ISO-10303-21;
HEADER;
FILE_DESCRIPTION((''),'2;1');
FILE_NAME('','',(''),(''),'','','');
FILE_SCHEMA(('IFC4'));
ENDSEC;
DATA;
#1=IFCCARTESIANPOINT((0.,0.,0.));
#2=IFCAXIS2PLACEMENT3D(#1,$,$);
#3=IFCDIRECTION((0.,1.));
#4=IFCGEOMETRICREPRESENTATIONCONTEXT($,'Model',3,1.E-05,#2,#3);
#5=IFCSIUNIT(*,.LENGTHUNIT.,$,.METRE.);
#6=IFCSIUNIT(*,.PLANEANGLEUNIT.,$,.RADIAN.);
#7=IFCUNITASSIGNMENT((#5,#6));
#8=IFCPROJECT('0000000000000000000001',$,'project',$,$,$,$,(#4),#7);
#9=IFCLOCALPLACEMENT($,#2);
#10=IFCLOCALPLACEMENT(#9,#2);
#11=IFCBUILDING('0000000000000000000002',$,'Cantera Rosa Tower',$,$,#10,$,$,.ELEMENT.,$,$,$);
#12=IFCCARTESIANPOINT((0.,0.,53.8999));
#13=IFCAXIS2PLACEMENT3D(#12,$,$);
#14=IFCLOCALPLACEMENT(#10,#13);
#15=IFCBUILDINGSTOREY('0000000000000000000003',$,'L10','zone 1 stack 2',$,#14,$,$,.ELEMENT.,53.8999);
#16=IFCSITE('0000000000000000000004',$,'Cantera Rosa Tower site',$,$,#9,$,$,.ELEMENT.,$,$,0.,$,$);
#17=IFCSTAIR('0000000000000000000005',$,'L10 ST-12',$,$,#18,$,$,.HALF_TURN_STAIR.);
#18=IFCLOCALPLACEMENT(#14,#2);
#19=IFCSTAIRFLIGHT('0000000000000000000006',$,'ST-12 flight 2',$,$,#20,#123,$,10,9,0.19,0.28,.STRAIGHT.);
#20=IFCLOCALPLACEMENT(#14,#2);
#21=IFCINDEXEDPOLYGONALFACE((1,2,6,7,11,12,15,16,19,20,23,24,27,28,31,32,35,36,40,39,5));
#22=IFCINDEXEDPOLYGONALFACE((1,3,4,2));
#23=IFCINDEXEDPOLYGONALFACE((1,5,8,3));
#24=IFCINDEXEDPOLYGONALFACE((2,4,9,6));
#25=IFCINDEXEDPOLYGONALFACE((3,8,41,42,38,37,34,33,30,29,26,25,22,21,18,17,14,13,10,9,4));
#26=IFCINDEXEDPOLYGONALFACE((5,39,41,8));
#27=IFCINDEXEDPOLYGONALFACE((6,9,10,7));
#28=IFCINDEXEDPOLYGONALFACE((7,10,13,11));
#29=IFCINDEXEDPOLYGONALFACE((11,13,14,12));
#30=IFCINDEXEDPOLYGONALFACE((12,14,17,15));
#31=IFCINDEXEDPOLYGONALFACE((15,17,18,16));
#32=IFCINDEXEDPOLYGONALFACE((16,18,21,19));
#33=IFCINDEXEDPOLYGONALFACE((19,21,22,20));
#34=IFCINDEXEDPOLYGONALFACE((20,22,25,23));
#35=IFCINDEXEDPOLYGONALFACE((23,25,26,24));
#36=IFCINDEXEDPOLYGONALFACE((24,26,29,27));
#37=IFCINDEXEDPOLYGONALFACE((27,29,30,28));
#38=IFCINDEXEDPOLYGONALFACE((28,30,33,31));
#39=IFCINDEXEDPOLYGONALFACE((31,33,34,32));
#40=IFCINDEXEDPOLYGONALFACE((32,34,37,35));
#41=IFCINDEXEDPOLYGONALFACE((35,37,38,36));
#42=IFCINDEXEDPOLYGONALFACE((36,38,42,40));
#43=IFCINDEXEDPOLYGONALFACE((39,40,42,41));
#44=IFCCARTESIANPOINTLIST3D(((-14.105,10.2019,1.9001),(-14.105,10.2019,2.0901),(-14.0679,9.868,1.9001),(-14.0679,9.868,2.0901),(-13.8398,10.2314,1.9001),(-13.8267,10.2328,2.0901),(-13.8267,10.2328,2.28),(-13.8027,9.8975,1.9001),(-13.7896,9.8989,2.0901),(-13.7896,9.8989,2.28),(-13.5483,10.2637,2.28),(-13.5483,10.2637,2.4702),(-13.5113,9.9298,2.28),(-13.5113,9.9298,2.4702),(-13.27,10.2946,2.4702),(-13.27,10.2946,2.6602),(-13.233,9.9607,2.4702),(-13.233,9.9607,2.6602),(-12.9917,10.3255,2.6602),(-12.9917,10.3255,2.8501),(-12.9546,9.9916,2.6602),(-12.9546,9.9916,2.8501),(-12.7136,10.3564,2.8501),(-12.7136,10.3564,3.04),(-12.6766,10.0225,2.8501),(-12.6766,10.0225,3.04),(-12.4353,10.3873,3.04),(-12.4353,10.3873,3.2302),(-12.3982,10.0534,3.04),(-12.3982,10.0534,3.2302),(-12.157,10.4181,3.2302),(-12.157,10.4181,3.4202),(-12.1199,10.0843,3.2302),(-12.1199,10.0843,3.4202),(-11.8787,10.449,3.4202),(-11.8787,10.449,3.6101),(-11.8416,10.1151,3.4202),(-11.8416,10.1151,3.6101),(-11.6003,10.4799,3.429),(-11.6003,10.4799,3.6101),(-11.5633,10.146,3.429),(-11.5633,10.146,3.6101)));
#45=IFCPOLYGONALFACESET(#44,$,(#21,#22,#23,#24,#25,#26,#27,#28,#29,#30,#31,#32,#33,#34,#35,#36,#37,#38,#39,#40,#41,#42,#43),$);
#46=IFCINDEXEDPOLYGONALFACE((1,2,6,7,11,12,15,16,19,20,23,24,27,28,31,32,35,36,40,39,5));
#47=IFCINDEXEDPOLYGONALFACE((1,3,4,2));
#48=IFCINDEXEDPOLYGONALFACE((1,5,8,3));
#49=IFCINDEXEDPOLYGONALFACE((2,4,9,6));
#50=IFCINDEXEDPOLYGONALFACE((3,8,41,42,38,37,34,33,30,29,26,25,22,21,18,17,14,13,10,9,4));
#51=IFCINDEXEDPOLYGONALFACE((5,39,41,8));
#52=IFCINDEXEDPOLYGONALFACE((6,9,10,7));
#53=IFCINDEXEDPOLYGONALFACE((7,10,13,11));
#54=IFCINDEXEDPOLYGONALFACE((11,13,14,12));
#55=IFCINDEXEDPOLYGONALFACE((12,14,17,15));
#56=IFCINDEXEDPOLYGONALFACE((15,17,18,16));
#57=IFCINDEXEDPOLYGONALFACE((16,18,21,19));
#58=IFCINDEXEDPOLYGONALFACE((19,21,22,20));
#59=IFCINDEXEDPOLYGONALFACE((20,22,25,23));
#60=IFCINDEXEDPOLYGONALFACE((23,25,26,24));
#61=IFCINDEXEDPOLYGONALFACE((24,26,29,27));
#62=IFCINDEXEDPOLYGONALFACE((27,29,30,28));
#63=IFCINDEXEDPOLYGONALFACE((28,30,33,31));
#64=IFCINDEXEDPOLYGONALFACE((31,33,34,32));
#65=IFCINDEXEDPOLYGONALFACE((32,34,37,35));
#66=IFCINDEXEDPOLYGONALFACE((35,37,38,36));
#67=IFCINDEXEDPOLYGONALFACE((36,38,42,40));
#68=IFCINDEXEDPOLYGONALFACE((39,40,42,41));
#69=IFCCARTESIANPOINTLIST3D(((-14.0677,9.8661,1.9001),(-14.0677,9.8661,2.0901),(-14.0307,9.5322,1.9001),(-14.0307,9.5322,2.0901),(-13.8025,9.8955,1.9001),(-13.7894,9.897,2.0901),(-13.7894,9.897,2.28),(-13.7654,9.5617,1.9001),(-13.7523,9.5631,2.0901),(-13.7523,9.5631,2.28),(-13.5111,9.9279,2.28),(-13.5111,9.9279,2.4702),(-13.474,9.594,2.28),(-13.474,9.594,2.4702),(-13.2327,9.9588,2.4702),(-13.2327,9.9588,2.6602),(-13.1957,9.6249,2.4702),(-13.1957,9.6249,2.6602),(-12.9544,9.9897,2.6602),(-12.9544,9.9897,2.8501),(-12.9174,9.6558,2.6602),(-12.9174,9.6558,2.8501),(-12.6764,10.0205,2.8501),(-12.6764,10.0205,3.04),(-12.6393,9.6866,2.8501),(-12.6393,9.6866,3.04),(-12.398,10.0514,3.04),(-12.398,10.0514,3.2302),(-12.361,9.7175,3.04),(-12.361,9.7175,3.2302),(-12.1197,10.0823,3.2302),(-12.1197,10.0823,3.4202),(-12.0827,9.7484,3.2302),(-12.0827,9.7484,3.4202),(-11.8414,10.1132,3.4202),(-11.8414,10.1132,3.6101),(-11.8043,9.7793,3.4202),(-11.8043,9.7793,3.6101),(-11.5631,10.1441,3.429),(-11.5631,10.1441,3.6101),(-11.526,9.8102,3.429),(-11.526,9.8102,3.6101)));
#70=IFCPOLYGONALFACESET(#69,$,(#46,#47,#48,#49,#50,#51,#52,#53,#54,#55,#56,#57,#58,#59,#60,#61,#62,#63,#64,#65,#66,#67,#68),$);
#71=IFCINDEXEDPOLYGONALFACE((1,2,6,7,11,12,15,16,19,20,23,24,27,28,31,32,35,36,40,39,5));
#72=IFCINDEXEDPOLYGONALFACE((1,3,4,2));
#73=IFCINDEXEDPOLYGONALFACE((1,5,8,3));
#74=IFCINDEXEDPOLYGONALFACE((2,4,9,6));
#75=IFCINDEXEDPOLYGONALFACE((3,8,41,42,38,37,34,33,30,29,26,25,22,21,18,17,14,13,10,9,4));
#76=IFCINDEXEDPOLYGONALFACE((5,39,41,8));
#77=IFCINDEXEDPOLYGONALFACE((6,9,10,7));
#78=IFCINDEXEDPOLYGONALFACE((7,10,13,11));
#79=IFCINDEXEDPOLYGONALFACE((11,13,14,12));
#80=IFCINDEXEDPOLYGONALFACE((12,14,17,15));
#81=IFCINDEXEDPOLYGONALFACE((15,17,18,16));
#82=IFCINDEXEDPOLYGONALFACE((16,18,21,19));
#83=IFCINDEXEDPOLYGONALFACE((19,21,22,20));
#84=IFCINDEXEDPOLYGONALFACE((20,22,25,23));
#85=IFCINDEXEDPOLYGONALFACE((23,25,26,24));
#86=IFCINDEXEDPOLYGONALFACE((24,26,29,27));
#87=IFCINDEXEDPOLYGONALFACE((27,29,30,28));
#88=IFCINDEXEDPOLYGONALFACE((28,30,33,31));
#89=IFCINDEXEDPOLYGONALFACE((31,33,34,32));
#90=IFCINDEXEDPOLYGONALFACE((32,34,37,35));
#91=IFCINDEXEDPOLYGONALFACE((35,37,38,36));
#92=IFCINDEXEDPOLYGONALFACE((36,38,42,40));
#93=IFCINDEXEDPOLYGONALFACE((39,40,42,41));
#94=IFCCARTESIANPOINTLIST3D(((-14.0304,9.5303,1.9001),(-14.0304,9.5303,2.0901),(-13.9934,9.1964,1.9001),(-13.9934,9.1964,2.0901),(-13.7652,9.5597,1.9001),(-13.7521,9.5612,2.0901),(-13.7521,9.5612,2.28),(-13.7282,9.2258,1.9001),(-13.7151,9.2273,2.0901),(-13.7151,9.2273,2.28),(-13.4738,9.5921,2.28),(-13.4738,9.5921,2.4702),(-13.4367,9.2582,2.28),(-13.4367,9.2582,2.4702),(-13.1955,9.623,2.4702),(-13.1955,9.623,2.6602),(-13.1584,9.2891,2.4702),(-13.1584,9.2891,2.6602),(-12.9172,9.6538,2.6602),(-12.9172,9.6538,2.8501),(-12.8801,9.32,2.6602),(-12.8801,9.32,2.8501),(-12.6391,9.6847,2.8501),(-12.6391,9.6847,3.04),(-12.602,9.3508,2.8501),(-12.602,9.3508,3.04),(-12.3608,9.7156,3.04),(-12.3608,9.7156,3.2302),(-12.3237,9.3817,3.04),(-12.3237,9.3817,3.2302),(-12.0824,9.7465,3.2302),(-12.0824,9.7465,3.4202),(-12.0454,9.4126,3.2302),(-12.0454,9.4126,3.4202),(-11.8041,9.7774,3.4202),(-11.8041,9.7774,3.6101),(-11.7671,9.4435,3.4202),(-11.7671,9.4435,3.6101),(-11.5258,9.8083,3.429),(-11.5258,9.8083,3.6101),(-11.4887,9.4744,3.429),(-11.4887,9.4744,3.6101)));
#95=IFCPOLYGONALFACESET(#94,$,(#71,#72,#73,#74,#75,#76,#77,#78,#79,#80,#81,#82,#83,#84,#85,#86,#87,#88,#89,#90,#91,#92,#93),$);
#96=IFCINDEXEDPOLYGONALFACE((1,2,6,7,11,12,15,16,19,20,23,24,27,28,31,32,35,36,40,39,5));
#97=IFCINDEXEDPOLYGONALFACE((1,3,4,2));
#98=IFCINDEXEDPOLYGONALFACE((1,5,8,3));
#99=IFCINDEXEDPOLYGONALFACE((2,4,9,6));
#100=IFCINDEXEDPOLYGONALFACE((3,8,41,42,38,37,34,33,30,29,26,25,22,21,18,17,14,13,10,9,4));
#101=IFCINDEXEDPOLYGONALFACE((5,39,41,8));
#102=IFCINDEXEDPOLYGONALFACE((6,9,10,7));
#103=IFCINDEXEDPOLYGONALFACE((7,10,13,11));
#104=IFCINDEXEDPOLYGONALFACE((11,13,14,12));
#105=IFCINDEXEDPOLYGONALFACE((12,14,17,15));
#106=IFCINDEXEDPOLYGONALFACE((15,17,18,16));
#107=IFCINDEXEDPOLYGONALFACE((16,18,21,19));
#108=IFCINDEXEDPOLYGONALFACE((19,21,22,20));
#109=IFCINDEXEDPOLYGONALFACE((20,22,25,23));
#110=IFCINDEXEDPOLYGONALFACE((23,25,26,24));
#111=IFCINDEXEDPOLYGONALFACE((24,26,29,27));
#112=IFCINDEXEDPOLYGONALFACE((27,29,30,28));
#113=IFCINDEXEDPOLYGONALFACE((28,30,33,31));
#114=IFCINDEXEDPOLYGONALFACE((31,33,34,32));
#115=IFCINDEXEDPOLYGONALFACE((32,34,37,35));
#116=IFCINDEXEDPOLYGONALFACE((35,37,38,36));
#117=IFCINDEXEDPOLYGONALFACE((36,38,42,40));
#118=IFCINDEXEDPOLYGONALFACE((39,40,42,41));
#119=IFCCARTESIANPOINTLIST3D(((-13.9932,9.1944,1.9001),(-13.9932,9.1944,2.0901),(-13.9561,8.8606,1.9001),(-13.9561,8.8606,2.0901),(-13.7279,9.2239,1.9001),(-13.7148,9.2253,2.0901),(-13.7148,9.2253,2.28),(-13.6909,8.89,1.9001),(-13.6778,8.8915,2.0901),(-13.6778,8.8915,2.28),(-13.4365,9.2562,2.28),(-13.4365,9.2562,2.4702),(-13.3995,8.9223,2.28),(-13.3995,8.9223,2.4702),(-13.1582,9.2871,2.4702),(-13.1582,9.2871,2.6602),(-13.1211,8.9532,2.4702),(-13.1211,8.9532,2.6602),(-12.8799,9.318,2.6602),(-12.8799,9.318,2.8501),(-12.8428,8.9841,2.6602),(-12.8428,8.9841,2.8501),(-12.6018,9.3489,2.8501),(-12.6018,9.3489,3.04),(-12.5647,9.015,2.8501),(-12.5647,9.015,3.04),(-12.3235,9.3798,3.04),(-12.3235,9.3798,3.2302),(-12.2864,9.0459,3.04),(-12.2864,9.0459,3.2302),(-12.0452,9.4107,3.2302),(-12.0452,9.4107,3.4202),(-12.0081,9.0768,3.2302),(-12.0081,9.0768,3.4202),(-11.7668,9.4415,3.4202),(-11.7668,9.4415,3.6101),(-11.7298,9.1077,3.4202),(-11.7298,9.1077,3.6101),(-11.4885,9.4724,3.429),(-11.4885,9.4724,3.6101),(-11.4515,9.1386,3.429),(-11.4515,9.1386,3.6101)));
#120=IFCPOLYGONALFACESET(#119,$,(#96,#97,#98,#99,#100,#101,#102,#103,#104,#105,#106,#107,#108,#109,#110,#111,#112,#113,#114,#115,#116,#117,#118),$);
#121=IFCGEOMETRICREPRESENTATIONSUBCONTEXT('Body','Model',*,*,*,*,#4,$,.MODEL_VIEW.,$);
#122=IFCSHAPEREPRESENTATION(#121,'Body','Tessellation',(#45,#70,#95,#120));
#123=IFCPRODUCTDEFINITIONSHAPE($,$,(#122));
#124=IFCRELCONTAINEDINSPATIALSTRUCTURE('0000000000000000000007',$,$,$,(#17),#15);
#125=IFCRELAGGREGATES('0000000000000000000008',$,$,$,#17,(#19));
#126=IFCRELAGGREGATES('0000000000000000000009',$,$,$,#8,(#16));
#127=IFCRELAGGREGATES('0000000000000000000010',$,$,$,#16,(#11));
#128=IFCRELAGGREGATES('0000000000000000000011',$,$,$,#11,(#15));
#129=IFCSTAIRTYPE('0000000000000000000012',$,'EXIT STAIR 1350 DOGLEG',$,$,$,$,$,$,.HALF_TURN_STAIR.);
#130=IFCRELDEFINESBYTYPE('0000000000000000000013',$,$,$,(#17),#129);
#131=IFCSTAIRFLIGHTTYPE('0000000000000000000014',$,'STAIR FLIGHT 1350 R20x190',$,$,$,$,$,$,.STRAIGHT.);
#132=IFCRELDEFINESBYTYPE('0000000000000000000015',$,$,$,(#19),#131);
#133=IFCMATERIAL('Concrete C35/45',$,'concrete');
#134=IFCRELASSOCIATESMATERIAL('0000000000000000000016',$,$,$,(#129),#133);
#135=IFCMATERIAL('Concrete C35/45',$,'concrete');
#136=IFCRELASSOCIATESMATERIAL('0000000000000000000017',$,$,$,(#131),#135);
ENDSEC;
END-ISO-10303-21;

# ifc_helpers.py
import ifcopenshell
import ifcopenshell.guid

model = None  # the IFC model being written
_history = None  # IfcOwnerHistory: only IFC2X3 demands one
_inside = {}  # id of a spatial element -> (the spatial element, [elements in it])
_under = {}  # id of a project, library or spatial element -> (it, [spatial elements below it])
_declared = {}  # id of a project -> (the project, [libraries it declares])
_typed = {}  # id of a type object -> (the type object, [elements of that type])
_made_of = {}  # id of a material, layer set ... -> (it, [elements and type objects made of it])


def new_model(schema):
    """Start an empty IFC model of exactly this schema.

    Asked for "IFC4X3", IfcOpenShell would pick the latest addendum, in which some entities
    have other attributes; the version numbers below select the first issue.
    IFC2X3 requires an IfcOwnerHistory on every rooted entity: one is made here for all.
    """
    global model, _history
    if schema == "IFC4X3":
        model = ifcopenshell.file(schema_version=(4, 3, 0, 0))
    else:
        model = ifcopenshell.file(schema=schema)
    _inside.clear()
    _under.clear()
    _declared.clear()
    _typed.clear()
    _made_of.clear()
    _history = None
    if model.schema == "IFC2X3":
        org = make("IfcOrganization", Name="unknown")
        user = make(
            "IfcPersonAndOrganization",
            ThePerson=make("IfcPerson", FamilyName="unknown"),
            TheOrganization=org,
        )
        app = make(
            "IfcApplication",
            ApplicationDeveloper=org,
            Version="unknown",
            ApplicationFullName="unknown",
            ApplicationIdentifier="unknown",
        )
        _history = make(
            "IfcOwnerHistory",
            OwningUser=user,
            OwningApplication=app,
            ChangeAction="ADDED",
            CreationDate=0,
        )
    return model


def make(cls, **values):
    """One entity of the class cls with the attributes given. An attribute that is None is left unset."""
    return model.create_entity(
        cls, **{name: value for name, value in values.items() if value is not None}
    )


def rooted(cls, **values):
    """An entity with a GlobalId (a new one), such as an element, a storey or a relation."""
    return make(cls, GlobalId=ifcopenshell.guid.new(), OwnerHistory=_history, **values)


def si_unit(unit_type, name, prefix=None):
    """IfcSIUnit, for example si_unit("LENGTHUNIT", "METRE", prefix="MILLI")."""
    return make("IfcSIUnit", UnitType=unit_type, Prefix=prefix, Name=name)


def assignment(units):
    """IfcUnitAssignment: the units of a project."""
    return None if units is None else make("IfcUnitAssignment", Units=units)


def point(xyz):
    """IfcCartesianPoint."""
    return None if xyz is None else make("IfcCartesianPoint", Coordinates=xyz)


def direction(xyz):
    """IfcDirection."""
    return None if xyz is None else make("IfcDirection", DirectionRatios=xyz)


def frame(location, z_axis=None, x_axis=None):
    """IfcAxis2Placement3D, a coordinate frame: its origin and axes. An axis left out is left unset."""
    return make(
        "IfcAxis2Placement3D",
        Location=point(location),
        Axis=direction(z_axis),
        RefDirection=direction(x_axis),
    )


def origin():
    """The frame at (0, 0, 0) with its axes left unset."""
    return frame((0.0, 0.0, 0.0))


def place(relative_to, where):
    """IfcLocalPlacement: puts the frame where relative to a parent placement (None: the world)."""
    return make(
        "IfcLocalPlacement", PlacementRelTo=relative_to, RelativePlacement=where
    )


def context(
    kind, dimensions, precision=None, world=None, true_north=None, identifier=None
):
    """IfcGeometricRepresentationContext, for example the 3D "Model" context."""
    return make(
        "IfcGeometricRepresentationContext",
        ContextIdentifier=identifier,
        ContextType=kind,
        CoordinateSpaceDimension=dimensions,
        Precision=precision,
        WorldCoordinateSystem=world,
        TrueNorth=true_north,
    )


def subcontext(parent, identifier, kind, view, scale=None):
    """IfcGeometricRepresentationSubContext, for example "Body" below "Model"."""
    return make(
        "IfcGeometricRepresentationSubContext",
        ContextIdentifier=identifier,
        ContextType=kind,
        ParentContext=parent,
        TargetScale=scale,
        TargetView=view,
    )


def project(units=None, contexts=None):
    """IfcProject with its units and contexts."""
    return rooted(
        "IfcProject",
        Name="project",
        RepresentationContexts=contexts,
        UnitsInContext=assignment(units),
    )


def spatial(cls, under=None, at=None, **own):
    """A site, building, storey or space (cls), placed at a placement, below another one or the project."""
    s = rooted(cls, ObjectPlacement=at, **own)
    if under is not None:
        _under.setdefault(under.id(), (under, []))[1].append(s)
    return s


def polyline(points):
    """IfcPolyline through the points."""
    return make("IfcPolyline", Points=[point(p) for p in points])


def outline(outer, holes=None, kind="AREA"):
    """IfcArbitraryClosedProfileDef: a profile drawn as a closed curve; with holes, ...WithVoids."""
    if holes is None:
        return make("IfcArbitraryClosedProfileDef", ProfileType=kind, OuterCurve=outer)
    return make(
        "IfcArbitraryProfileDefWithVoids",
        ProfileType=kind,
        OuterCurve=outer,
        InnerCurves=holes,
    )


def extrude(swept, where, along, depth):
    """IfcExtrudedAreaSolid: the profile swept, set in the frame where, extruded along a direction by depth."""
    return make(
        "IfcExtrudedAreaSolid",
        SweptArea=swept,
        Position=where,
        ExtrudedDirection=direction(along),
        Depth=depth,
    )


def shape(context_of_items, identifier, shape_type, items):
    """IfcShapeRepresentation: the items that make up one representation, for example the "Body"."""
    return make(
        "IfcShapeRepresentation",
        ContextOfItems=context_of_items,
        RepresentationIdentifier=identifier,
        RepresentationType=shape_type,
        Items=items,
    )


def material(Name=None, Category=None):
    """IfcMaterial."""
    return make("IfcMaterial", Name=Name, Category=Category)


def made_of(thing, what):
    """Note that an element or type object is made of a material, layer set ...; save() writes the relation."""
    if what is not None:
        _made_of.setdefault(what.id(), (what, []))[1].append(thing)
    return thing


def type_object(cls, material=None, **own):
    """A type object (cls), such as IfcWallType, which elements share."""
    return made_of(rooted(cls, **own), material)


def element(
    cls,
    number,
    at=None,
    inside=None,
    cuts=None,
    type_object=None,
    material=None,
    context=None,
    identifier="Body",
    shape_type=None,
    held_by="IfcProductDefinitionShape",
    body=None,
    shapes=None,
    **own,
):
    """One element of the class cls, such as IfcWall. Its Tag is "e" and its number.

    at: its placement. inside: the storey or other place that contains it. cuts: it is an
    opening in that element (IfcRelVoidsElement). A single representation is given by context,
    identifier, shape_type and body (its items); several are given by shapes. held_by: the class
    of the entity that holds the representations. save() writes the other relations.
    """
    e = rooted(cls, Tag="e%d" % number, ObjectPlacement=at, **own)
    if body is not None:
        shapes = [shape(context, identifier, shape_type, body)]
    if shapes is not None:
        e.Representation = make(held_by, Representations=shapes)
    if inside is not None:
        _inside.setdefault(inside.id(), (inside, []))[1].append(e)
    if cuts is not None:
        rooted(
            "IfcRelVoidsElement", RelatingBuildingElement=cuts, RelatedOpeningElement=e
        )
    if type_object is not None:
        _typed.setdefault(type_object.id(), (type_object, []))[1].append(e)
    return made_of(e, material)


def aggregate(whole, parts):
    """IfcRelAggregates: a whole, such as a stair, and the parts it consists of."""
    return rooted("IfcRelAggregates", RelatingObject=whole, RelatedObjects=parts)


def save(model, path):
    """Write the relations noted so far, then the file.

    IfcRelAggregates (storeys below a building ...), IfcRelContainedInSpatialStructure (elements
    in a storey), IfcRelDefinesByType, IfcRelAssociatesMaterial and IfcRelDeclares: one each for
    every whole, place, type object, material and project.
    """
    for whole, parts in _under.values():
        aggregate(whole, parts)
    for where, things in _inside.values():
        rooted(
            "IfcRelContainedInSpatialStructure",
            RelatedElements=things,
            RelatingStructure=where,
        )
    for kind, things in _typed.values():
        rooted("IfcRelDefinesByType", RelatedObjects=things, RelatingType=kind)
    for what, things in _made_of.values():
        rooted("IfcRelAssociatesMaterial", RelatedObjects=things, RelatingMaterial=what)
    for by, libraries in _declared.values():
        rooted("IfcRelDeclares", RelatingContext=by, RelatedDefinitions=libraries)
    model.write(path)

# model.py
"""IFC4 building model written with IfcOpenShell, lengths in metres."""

from ifc_helpers import new_model, si_unit, direction, frame, origin, place, context, subcontext, project, spatial, polyline, outline, extrude, material, type_object, element, aggregate, save


model = new_model("IFC4")

# Units and contexts
model_context = context("Model", 3, precision=1e-05, world=origin(), true_north=direction((0.0, 1.0)))
body_context = subcontext(model_context, "Body", "Model", "MODEL_VIEW")
ifc_project = project(units=[si_unit("LENGTHUNIT", "METRE"), si_unit("PLANEANGLEUNIT", "RADIAN")], contexts=[model_context])

# Site, building, storey
site_placement = place(None, origin())
site = spatial("IfcSite", under=ifc_project, at=site_placement, Name="Cantera Rosa Tower site", CompositionType="ELEMENT", RefElevation=0.0)
building_placement = place(site_placement, origin())
building = spatial("IfcBuilding", under=site, at=building_placement, Name="Cantera Rosa Tower", CompositionType="ELEMENT")
storey_placement = place(building_placement, frame((0.0, 0.0, 53.8999)))
storey = spatial("IfcBuildingStorey", under=building, at=storey_placement, Name="L10", Description="zone 1 stack 2", CompositionType="ELEMENT", Elevation=53.8999)

# Stair, stair flight
ifc_material_1 = material(Name="Concrete C35/45", Category="concrete")
stair_type = type_object("IfcStairType", Name="EXIT STAIR 1350 DOGLEG", PredefinedType="HALF_TURN_STAIR", material=ifc_material_1)
stair_placement = place(storey_placement, origin())
stair = element("IfcStair", 1, at=stair_placement, inside=storey, type_object=stair_type, Name="L10 ST-12", PredefinedType="HALF_TURN_STAIR")
ifc_material_2 = material(Name="Concrete C35/45", Category="concrete")
stair_flight_type = type_object("IfcStairFlightType", Name="STAIR FLIGHT 1350 R20x190", PredefinedType="STRAIGHT", material=ifc_material_2)
stair_flight_1_placement = place(storey_placement, frame((-14.0305, 9.531, 1.9001), z_axis=(0.0, 0.0, 1.0), x_axis=(0.993897, 0.110313, 0.0)))
stair_flight_1 = element("IfcStairFlight", 2, at=stair_flight_1_placement, type_object=stair_flight_type, Name="ST-12 flight 2", NumberOfRisers=10, NumberOfTreads=9, PredefinedType="STRAIGHT", RiserHeight=0.19, TreadLength=0.28, context=body_context, shape_type="SweptSolid", body=[
    extrude(outline(polyline([(0.0, 0.0), (0.0, 0.1899), (0.28, 0.1899), (0.28, 0.3799), (0.5601, 0.3799), (0.5601, 0.5701), (0.8401, 0.5701), (0.8401, 0.76), (1.1201, 0.76), (1.1201, 0.95), (1.3999, 0.95), (1.3999, 1.1399), (1.6799, 1.1399), (1.6799, 1.3301), (1.96, 1.3301), (1.96, 1.52), (2.24, 1.52), (2.24, 1.71), (2.52, 1.71), (2.52, 1.8999), (2.52, 1.5288), (0.2668, 0.0), (0.0, 0.0)])), frame((0.0, 0.675, 0.0), z_axis=(0.0, -1.0, 0.0), x_axis=(1.0, 0.0, 0.0)), (0.0, 0.0, 1.0), 0.3359),
    extrude(outline(polyline([(0.0, 0.0), (0.0, 0.1899), (0.28, 0.1899), (0.28, 0.3799), (0.5601, 0.3799), (0.5601, 0.5701), (0.8401, 0.5701), (0.8401, 0.76), (1.1201, 0.76), (1.1201, 0.95), (1.3999, 0.95), (1.3999, 1.1399), (1.6799, 1.1399), (1.6799, 1.3301), (1.96, 1.3301), (1.96, 1.52), (2.24, 1.52), (2.24, 1.71), (2.52, 1.71), (2.52, 1.8999), (2.52, 1.5288), (0.2668, 0.0), (0.0, 0.0)])), frame((0.0, 0.3372, 0.0), z_axis=(0.0, -1.0, 0.0), x_axis=(1.0, 0.0, 0.0)), (0.0, 0.0, 1.0), 0.3359),
    extrude(outline(polyline([(0.0, 0.0), (0.0, 0.1899), (0.28, 0.1899), (0.28, 0.3799), (0.5601, 0.3799), (0.5601, 0.5701), (0.8401, 0.5701), (0.8401, 0.76), (1.1201, 0.76), (1.1201, 0.95), (1.3999, 0.95), (1.3999, 1.1399), (1.6799, 1.1399), (1.6799, 1.3301), (1.96, 1.3301), (1.96, 1.52), (2.24, 1.52), (2.24, 1.71), (2.52, 1.71), (2.52, 1.8999), (2.52, 1.5288), (0.2668, 0.0), (0.0, 0.0)])), frame((0.0, -0.0007, 0.0), z_axis=(0.0, -1.0, 0.0), x_axis=(1.0, 0.0, 0.0)), (0.0, 0.0, 1.0), 0.3359),
    extrude(outline(polyline([(0.0, 0.0), (0.0, 0.1899), (0.28, 0.1899), (0.28, 0.3799), (0.5601, 0.3799), (0.5601, 0.5701), (0.8401, 0.5701), (0.8401, 0.76), (1.1201, 0.76), (1.1201, 0.95), (1.3999, 0.95), (1.3999, 1.1399), (1.6799, 1.1399), (1.6799, 1.3301), (1.96, 1.3301), (1.96, 1.52), (2.24, 1.52), (2.24, 1.71), (2.52, 1.71), (2.52, 1.8999), (2.52, 1.5288), (0.2668, 0.0), (0.0, 0.0)])), frame((0.0, -0.3386, 0.0), z_axis=(0.0, -1.0, 0.0), x_axis=(1.0, 0.0, 0.0)), (0.0, 0.0, 1.0), 0.3359),
])
aggregate(stair, [stair_flight_1])

save(model, "model.ifc")
